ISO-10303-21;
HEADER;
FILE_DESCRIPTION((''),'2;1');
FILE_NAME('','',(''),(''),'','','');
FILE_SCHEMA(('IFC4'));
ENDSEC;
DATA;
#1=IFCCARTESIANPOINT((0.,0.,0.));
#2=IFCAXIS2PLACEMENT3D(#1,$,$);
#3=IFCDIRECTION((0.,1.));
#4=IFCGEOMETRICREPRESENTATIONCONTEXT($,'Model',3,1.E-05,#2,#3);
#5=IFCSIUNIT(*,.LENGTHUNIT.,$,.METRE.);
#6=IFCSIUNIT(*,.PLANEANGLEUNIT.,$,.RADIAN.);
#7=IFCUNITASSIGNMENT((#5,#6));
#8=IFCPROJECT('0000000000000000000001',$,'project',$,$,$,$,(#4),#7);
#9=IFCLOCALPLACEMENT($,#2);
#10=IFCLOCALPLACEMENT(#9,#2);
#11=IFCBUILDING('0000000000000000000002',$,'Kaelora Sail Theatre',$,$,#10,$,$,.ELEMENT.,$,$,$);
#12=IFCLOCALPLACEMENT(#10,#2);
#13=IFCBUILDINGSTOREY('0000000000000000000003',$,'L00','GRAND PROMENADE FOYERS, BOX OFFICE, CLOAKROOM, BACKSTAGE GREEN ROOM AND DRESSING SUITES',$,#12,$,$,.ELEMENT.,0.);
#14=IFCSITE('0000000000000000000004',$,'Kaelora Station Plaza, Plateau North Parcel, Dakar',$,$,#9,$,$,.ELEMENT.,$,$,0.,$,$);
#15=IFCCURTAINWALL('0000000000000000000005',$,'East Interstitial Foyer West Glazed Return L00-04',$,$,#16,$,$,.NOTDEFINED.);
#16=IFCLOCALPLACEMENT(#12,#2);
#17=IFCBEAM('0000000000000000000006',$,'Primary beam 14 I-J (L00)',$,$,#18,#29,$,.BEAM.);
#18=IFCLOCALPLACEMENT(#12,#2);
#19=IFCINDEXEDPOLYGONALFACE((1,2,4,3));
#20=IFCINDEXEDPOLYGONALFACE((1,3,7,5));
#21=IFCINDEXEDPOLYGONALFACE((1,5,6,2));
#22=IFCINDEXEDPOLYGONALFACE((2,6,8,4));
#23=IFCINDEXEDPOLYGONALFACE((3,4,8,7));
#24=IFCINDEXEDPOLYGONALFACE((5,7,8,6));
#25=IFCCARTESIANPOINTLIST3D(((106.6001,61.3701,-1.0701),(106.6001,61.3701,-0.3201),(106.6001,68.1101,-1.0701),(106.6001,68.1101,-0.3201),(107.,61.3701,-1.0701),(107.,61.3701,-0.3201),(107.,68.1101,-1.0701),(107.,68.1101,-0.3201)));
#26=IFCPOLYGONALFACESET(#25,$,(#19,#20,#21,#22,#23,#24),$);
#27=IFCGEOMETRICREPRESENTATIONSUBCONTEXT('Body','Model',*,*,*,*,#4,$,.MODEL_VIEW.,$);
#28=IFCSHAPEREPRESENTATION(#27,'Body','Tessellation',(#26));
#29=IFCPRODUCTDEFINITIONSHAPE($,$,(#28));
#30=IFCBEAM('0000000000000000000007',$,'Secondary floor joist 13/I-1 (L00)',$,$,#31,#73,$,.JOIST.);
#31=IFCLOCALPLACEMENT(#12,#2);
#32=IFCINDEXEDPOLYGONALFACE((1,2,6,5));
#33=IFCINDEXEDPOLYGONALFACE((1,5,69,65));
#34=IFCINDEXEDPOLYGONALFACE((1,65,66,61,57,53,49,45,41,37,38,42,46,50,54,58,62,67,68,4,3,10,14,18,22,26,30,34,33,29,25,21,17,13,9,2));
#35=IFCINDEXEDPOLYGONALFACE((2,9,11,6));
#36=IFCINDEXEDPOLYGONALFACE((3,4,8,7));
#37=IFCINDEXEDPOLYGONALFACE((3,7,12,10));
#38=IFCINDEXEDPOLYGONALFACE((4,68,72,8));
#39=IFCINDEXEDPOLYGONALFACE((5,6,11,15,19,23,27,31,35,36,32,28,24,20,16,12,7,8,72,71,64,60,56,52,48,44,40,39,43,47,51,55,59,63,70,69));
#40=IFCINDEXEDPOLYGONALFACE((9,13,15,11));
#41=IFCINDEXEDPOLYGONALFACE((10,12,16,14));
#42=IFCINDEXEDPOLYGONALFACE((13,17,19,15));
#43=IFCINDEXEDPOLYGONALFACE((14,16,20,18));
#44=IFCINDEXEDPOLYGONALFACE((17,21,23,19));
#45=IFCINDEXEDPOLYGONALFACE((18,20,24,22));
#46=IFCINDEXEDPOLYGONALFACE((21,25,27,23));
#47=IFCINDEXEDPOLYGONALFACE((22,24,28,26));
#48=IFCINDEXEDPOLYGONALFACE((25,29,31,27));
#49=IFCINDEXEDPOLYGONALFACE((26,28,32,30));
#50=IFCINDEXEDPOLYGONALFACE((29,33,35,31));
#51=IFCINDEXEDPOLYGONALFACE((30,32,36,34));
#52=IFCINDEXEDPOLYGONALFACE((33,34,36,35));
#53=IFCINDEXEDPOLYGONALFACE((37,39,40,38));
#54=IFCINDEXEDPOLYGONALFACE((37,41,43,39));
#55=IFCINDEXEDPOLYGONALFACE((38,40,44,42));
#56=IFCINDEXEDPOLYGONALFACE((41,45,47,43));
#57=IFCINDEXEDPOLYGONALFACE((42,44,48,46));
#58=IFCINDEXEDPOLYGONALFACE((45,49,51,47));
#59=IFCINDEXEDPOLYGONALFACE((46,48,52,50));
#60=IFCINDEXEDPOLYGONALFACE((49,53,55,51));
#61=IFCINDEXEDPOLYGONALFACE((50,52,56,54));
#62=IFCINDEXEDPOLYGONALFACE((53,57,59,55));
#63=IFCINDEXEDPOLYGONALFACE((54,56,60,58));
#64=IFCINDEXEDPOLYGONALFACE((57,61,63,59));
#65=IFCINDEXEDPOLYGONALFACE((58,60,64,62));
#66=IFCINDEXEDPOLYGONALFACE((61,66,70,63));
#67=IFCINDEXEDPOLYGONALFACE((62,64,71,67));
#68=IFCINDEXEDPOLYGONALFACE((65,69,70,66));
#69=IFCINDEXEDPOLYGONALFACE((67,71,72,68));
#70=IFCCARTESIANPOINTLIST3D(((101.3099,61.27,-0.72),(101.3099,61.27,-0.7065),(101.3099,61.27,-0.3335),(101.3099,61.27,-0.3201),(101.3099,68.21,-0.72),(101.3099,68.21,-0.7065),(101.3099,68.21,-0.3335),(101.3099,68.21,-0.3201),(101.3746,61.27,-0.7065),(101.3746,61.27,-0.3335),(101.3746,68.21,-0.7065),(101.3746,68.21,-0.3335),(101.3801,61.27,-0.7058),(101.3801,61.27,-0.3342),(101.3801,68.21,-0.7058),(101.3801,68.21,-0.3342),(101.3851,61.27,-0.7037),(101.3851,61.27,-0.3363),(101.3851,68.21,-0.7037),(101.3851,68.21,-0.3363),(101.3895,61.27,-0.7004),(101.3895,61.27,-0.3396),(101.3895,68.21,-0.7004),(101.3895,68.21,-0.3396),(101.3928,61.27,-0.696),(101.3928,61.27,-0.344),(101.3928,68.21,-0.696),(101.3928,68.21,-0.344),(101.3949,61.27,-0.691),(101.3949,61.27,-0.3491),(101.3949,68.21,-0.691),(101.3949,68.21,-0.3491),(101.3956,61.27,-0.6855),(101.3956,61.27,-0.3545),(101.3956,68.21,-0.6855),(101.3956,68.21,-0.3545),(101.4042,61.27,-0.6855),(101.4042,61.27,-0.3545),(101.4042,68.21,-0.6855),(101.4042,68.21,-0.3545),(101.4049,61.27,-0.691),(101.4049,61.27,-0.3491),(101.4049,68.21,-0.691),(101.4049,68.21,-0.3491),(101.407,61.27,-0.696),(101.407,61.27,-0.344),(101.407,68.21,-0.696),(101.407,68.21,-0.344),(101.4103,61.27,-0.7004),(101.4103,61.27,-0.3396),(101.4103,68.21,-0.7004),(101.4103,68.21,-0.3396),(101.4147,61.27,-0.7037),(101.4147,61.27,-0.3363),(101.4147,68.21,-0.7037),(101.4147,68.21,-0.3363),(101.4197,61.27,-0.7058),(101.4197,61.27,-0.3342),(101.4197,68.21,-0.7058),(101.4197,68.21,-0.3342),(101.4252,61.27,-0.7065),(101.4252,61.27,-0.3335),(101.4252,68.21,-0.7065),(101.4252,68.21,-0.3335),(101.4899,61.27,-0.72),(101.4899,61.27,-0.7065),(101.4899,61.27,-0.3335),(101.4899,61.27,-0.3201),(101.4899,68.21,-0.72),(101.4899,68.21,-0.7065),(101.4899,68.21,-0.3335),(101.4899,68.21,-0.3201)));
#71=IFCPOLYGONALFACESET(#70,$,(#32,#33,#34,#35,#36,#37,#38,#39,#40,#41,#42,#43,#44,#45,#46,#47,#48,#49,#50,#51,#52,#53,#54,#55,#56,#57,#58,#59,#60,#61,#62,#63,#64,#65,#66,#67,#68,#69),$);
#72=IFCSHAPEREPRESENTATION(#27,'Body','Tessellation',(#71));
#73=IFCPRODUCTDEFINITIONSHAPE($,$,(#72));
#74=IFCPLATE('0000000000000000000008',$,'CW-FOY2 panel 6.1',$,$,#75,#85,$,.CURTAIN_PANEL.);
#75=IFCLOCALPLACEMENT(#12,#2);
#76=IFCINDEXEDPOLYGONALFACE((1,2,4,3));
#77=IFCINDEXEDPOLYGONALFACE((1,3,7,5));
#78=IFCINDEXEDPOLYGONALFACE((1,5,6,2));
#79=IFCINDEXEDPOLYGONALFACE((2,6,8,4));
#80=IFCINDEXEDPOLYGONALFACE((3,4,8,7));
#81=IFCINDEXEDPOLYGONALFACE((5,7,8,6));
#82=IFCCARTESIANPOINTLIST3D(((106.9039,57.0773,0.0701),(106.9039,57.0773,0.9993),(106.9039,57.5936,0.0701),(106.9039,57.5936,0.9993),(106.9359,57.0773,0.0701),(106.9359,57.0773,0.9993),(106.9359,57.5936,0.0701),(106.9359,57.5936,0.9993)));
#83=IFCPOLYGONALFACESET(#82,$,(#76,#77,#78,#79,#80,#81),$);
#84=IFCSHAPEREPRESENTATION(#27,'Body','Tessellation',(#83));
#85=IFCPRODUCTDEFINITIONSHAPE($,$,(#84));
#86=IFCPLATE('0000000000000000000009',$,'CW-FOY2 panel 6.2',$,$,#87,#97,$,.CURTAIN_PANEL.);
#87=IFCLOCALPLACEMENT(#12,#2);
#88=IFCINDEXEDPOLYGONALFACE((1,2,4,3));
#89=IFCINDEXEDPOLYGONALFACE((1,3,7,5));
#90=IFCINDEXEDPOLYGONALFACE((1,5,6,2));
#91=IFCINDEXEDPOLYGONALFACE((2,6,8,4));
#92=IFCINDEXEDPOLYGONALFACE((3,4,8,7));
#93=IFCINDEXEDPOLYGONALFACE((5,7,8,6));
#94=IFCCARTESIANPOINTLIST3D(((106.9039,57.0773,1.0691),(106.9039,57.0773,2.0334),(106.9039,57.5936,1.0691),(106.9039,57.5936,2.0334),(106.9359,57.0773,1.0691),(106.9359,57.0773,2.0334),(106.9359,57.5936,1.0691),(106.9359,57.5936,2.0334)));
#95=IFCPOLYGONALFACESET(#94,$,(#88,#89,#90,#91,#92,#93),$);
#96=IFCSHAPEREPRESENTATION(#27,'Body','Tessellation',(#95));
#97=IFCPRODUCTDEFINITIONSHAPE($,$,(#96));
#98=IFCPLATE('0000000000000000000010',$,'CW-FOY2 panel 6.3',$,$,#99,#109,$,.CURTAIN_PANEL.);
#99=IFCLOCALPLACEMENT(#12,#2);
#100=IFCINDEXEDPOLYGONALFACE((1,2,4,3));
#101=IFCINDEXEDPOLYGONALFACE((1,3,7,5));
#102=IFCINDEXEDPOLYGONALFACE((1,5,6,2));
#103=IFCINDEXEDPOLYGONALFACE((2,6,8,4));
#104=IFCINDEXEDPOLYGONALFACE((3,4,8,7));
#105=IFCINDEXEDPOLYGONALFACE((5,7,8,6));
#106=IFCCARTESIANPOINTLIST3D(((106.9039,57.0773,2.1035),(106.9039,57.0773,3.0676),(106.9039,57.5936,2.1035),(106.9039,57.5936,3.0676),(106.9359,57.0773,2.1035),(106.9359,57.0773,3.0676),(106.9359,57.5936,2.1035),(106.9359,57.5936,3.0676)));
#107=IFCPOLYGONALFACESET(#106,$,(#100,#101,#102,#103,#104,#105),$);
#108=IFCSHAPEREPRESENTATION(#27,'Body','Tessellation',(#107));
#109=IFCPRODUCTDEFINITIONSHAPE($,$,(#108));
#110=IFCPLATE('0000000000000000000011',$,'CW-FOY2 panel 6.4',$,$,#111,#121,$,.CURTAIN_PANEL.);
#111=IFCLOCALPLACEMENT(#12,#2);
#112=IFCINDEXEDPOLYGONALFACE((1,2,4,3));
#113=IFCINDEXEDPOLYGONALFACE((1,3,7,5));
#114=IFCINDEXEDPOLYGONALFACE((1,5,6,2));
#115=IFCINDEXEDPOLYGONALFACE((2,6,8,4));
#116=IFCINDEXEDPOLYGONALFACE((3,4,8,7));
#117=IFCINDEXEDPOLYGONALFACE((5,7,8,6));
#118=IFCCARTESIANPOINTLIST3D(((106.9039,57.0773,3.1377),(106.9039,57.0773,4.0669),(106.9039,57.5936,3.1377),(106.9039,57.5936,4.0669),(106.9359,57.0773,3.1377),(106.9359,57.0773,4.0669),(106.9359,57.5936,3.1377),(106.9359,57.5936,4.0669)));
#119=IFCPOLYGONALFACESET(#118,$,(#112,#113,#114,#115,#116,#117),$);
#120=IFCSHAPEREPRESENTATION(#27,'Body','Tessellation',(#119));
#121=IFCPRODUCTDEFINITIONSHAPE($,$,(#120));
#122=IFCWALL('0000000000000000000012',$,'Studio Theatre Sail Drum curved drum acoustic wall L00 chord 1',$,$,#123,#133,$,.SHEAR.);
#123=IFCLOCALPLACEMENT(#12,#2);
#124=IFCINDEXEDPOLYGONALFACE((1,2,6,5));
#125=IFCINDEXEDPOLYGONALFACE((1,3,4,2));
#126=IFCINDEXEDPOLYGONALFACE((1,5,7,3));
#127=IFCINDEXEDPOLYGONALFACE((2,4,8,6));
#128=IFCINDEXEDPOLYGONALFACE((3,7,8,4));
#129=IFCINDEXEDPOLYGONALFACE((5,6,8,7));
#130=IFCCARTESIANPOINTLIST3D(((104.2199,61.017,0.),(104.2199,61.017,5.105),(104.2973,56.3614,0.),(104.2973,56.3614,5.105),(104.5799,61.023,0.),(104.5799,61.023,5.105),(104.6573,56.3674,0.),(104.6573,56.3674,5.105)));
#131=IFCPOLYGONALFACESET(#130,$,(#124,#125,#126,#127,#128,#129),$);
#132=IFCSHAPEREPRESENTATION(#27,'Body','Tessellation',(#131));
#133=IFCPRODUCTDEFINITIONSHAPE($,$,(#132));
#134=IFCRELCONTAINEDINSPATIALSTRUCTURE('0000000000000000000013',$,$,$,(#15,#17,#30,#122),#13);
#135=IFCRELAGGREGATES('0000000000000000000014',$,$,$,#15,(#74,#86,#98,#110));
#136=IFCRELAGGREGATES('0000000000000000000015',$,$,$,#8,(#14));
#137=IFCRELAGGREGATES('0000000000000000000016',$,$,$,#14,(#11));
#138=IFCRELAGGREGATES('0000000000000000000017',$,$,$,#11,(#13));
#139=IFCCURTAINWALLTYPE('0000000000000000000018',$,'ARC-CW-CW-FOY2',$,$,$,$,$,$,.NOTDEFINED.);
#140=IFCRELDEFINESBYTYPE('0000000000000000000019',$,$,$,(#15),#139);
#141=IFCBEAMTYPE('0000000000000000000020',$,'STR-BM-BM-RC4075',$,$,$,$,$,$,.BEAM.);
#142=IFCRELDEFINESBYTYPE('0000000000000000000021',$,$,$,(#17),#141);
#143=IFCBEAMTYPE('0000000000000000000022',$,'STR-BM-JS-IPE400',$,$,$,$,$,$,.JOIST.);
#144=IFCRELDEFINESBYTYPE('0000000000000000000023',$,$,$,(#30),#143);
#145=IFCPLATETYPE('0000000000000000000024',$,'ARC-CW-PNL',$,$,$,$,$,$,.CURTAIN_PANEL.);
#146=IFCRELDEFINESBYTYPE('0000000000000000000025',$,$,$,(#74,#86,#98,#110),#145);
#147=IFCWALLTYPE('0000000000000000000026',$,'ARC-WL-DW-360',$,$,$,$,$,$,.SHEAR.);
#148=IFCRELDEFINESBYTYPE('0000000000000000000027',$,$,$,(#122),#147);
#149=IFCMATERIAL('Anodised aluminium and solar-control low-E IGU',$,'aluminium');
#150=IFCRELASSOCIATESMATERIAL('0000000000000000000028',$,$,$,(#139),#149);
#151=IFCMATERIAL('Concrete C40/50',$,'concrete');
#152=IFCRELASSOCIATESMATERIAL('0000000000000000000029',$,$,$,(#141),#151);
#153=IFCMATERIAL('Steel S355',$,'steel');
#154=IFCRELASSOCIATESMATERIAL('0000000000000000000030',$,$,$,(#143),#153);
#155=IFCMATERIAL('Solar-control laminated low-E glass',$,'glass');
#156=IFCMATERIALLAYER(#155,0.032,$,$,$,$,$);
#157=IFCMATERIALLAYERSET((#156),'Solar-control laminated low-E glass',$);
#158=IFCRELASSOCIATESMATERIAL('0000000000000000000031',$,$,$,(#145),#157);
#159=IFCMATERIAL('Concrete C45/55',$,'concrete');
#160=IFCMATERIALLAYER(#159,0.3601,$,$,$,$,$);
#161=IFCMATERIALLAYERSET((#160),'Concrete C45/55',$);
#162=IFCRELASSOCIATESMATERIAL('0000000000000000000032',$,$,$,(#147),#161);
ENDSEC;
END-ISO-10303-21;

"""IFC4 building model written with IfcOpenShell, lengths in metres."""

from ifc_helpers import new_model, si_unit, direction, frame, frame_2d, origin, origin_2d, place, context, subcontext, project, spatial, rectangle, i_section, extrude, material, layer, layer_set, material_profile, profile_set, type_object, element, aggregate, save


model = new_model("IFC4")

# Units and contexts
model_context = context("Model", 3, precision=1e-05, world=origin(), true_north=direction((0.0, 1.0)))
body_context = subcontext(model_context, "Body", "Model", "MODEL_VIEW")
ifc_project = project(units=[si_unit("LENGTHUNIT", "METRE"), si_unit("PLANEANGLEUNIT", "RADIAN")], contexts=[model_context])

# Site, building, storey
site_placement = place(None, origin())
site = spatial("IfcSite", under=ifc_project, at=site_placement, Name="Kaelora Station Plaza, Plateau North Parcel, Dakar", CompositionType="ELEMENT", RefElevation=0.0)
building_placement = place(site_placement, origin())
building = spatial("IfcBuilding", under=site, at=building_placement, Name="Kaelora Sail Theatre", CompositionType="ELEMENT")
storey_placement = place(building_placement, origin())
storey = spatial("IfcBuildingStorey", under=building, at=storey_placement, Name="L00", Description="GRAND PROMENADE FOYERS, BOX OFFICE, CLOAKROOM, BACKSTAGE GREEN ROOM AND DRESSING SUITES", CompositionType="ELEMENT", Elevation=0.0)

# Curtain wall
ifc_material_1 = material(Name="Anodised aluminium and solar-control low-E IGU", Category="aluminium")
curtain_wall_type = type_object("IfcCurtainWallType", Name="ARC-CW-CW-FOY2", PredefinedType="NOTDEFINED", material=ifc_material_1)
curtain_wall_placement = place(storey_placement, origin())
curtain_wall = element("IfcCurtainWall", 1, at=curtain_wall_placement, inside=storey, type_object=curtain_wall_type, Name="East Interstitial Foyer West Glazed Return L00-04", PredefinedType="NOTDEFINED")

# Beams
ifc_material_2 = material(Name="Concrete C40/50", Category="concrete")
ifc_material_profile_1 = material_profile(ifc_material_2, rectangle(XDim=0.3999, YDim=0.75, at=origin_2d()), Name="RC-BM 400x750")
ifc_profile_set_1 = profile_set([ifc_material_profile_1], Name="Concrete C40/50")
beam_type_1 = type_object("IfcBeamType", Name="STR-BM-BM-RC4075", PredefinedType="BEAM", material=ifc_profile_set_1)
beam_1_placement = place(storey_placement, frame((106.8, 61.3701, -0.6951), z_axis=(0.0, 1.0, 0.0), x_axis=(-1.0, 0.0, 0.0)))
element("IfcBeam", 2, at=beam_1_placement, inside=storey, type_object=beam_type_1, Name="Primary beam 14 I-J (L00)", PredefinedType="BEAM", context=body_context, shape_type="SweptSolid", body=[
    extrude(rectangle(XDim=0.3999, YDim=0.75, at=origin_2d()), origin(), (0.0, 0.0, 1.0), 6.74),
])
ifc_material_3 = material(Name="Steel S355", Category="steel")
ifc_material_profile_2 = material_profile(ifc_material_3, i_section(OverallWidth=0.1799, OverallDepth=0.3999, WebThickness=0.0085, FlangeThickness=0.0134, FilletRadius=0.021, at=origin_2d()), Name="IPE 400")
ifc_profile_set_2 = profile_set([ifc_material_profile_2], Name="Steel S355")
beam_type_2 = type_object("IfcBeamType", Name="STR-BM-JS-IPE400", PredefinedType="JOIST", material=ifc_profile_set_2)
beam_2_placement = place(storey_placement, frame((101.3999, 61.27, -0.52), z_axis=(0.0, 1.0, 0.0), x_axis=(-1.0, 0.0, 0.0)))
element("IfcBeam", 3, at=beam_2_placement, inside=storey, type_object=beam_type_2, Name="Secondary floor joist 13/I-1 (L00)", PredefinedType="JOIST", context=body_context, shape_type="SweptSolid", body=[
    extrude(i_section(OverallWidth=0.1799, OverallDepth=0.3999, WebThickness=0.0085, FlangeThickness=0.0134, FilletRadius=0.021, at=origin_2d()), origin(), (0.0, 0.0, 1.0), 6.9399),
])

# Plates
ifc_material_4 = material(Name="Solar-control laminated low-E glass", Category="glass")
ifc_layer_1 = layer(ifc_material_4, 0.032)
ifc_layer_set_1 = layer_set([ifc_layer_1], Name="Solar-control laminated low-E glass")
plate_type = type_object("IfcPlateType", Name="ARC-CW-PNL", PredefinedType="CURTAIN_PANEL", material=ifc_layer_set_1)
plate_1_placement = place(storey_placement, frame((106.9199, 57.3354, 0.0701), z_axis=(0.0, 0.0, 1.0), x_axis=(0.0, 1.0, 0.0)))
plate_1 = element("IfcPlate", 4, at=plate_1_placement, type_object=plate_type, Name="CW-FOY2 panel 6.1", PredefinedType="CURTAIN_PANEL", context=body_context, shape_type="SweptSolid", body=[
    extrude(rectangle(XDim=0.5164, YDim=0.032, at=origin_2d()), origin(), (0.0, 0.0, 1.0), 0.9292),
])
plate_2_placement = place(storey_placement, frame((106.9199, 57.3354, 1.0691), z_axis=(0.0, 0.0, 1.0), x_axis=(0.0, 1.0, 0.0)))
plate_2 = element("IfcPlate", 5, at=plate_2_placement, type_object=plate_type, Name="CW-FOY2 panel 6.2", PredefinedType="CURTAIN_PANEL", context=body_context, shape_type="SweptSolid", body=[
    extrude(rectangle(XDim=0.5164, YDim=0.032, at=origin_2d()), origin(), (0.0, 0.0, 1.0), 0.9644),
])
plate_3_placement = place(storey_placement, frame((106.9199, 57.3354, 2.1035), z_axis=(0.0, 0.0, 1.0), x_axis=(0.0, 1.0, 0.0)))
plate_3 = element("IfcPlate", 6, at=plate_3_placement, type_object=plate_type, Name="CW-FOY2 panel 6.3", PredefinedType="CURTAIN_PANEL", context=body_context, shape_type="SweptSolid", body=[
    extrude(rectangle(XDim=0.5164, YDim=0.032, at=origin_2d()), origin(), (0.0, 0.0, 1.0), 0.9641),
])
plate_4_placement = place(storey_placement, frame((106.9199, 57.3354, 3.1377), z_axis=(0.0, 0.0, 1.0), x_axis=(0.0, 1.0, 0.0)))
plate_4 = element("IfcPlate", 7, at=plate_4_placement, type_object=plate_type, Name="CW-FOY2 panel 6.4", PredefinedType="CURTAIN_PANEL", context=body_context, shape_type="SweptSolid", body=[
    extrude(rectangle(XDim=0.5164, YDim=0.032, at=origin_2d()), origin(), (0.0, 0.0, 1.0), 0.9292),
])
aggregate(curtain_wall, [plate_1, plate_2, plate_3, plate_4])

# Wall
ifc_material_5 = material(Name="Concrete C45/55", Category="concrete")
ifc_layer_2 = layer(ifc_material_5, 0.3601)
ifc_layer_set_2 = layer_set([ifc_layer_2], Name="Concrete C45/55")
wall_type = type_object("IfcWallType", Name="ARC-WL-DW-360", PredefinedType="SHEAR", material=ifc_layer_set_2)
wall_placement = place(storey_placement, frame((104.3999, 61.02, 0.0), z_axis=(0.0, 0.0, 1.0), x_axis=(0.016622, -0.999862, 0.0)))
element("IfcWall", 8, at=wall_placement, inside=storey, type_object=wall_type, Name="Studio Theatre Sail Drum curved drum acoustic wall L00 chord 1", PredefinedType="SHEAR", context=body_context, shape_type="SweptSolid", body=[
    extrude(rectangle(XDim=4.6562, YDim=0.3601, at=frame_2d((2.3281, 0.0))), origin(), (0.0, 0.0, 1.0), 5.105),
])

save(model, "model.ifc")
